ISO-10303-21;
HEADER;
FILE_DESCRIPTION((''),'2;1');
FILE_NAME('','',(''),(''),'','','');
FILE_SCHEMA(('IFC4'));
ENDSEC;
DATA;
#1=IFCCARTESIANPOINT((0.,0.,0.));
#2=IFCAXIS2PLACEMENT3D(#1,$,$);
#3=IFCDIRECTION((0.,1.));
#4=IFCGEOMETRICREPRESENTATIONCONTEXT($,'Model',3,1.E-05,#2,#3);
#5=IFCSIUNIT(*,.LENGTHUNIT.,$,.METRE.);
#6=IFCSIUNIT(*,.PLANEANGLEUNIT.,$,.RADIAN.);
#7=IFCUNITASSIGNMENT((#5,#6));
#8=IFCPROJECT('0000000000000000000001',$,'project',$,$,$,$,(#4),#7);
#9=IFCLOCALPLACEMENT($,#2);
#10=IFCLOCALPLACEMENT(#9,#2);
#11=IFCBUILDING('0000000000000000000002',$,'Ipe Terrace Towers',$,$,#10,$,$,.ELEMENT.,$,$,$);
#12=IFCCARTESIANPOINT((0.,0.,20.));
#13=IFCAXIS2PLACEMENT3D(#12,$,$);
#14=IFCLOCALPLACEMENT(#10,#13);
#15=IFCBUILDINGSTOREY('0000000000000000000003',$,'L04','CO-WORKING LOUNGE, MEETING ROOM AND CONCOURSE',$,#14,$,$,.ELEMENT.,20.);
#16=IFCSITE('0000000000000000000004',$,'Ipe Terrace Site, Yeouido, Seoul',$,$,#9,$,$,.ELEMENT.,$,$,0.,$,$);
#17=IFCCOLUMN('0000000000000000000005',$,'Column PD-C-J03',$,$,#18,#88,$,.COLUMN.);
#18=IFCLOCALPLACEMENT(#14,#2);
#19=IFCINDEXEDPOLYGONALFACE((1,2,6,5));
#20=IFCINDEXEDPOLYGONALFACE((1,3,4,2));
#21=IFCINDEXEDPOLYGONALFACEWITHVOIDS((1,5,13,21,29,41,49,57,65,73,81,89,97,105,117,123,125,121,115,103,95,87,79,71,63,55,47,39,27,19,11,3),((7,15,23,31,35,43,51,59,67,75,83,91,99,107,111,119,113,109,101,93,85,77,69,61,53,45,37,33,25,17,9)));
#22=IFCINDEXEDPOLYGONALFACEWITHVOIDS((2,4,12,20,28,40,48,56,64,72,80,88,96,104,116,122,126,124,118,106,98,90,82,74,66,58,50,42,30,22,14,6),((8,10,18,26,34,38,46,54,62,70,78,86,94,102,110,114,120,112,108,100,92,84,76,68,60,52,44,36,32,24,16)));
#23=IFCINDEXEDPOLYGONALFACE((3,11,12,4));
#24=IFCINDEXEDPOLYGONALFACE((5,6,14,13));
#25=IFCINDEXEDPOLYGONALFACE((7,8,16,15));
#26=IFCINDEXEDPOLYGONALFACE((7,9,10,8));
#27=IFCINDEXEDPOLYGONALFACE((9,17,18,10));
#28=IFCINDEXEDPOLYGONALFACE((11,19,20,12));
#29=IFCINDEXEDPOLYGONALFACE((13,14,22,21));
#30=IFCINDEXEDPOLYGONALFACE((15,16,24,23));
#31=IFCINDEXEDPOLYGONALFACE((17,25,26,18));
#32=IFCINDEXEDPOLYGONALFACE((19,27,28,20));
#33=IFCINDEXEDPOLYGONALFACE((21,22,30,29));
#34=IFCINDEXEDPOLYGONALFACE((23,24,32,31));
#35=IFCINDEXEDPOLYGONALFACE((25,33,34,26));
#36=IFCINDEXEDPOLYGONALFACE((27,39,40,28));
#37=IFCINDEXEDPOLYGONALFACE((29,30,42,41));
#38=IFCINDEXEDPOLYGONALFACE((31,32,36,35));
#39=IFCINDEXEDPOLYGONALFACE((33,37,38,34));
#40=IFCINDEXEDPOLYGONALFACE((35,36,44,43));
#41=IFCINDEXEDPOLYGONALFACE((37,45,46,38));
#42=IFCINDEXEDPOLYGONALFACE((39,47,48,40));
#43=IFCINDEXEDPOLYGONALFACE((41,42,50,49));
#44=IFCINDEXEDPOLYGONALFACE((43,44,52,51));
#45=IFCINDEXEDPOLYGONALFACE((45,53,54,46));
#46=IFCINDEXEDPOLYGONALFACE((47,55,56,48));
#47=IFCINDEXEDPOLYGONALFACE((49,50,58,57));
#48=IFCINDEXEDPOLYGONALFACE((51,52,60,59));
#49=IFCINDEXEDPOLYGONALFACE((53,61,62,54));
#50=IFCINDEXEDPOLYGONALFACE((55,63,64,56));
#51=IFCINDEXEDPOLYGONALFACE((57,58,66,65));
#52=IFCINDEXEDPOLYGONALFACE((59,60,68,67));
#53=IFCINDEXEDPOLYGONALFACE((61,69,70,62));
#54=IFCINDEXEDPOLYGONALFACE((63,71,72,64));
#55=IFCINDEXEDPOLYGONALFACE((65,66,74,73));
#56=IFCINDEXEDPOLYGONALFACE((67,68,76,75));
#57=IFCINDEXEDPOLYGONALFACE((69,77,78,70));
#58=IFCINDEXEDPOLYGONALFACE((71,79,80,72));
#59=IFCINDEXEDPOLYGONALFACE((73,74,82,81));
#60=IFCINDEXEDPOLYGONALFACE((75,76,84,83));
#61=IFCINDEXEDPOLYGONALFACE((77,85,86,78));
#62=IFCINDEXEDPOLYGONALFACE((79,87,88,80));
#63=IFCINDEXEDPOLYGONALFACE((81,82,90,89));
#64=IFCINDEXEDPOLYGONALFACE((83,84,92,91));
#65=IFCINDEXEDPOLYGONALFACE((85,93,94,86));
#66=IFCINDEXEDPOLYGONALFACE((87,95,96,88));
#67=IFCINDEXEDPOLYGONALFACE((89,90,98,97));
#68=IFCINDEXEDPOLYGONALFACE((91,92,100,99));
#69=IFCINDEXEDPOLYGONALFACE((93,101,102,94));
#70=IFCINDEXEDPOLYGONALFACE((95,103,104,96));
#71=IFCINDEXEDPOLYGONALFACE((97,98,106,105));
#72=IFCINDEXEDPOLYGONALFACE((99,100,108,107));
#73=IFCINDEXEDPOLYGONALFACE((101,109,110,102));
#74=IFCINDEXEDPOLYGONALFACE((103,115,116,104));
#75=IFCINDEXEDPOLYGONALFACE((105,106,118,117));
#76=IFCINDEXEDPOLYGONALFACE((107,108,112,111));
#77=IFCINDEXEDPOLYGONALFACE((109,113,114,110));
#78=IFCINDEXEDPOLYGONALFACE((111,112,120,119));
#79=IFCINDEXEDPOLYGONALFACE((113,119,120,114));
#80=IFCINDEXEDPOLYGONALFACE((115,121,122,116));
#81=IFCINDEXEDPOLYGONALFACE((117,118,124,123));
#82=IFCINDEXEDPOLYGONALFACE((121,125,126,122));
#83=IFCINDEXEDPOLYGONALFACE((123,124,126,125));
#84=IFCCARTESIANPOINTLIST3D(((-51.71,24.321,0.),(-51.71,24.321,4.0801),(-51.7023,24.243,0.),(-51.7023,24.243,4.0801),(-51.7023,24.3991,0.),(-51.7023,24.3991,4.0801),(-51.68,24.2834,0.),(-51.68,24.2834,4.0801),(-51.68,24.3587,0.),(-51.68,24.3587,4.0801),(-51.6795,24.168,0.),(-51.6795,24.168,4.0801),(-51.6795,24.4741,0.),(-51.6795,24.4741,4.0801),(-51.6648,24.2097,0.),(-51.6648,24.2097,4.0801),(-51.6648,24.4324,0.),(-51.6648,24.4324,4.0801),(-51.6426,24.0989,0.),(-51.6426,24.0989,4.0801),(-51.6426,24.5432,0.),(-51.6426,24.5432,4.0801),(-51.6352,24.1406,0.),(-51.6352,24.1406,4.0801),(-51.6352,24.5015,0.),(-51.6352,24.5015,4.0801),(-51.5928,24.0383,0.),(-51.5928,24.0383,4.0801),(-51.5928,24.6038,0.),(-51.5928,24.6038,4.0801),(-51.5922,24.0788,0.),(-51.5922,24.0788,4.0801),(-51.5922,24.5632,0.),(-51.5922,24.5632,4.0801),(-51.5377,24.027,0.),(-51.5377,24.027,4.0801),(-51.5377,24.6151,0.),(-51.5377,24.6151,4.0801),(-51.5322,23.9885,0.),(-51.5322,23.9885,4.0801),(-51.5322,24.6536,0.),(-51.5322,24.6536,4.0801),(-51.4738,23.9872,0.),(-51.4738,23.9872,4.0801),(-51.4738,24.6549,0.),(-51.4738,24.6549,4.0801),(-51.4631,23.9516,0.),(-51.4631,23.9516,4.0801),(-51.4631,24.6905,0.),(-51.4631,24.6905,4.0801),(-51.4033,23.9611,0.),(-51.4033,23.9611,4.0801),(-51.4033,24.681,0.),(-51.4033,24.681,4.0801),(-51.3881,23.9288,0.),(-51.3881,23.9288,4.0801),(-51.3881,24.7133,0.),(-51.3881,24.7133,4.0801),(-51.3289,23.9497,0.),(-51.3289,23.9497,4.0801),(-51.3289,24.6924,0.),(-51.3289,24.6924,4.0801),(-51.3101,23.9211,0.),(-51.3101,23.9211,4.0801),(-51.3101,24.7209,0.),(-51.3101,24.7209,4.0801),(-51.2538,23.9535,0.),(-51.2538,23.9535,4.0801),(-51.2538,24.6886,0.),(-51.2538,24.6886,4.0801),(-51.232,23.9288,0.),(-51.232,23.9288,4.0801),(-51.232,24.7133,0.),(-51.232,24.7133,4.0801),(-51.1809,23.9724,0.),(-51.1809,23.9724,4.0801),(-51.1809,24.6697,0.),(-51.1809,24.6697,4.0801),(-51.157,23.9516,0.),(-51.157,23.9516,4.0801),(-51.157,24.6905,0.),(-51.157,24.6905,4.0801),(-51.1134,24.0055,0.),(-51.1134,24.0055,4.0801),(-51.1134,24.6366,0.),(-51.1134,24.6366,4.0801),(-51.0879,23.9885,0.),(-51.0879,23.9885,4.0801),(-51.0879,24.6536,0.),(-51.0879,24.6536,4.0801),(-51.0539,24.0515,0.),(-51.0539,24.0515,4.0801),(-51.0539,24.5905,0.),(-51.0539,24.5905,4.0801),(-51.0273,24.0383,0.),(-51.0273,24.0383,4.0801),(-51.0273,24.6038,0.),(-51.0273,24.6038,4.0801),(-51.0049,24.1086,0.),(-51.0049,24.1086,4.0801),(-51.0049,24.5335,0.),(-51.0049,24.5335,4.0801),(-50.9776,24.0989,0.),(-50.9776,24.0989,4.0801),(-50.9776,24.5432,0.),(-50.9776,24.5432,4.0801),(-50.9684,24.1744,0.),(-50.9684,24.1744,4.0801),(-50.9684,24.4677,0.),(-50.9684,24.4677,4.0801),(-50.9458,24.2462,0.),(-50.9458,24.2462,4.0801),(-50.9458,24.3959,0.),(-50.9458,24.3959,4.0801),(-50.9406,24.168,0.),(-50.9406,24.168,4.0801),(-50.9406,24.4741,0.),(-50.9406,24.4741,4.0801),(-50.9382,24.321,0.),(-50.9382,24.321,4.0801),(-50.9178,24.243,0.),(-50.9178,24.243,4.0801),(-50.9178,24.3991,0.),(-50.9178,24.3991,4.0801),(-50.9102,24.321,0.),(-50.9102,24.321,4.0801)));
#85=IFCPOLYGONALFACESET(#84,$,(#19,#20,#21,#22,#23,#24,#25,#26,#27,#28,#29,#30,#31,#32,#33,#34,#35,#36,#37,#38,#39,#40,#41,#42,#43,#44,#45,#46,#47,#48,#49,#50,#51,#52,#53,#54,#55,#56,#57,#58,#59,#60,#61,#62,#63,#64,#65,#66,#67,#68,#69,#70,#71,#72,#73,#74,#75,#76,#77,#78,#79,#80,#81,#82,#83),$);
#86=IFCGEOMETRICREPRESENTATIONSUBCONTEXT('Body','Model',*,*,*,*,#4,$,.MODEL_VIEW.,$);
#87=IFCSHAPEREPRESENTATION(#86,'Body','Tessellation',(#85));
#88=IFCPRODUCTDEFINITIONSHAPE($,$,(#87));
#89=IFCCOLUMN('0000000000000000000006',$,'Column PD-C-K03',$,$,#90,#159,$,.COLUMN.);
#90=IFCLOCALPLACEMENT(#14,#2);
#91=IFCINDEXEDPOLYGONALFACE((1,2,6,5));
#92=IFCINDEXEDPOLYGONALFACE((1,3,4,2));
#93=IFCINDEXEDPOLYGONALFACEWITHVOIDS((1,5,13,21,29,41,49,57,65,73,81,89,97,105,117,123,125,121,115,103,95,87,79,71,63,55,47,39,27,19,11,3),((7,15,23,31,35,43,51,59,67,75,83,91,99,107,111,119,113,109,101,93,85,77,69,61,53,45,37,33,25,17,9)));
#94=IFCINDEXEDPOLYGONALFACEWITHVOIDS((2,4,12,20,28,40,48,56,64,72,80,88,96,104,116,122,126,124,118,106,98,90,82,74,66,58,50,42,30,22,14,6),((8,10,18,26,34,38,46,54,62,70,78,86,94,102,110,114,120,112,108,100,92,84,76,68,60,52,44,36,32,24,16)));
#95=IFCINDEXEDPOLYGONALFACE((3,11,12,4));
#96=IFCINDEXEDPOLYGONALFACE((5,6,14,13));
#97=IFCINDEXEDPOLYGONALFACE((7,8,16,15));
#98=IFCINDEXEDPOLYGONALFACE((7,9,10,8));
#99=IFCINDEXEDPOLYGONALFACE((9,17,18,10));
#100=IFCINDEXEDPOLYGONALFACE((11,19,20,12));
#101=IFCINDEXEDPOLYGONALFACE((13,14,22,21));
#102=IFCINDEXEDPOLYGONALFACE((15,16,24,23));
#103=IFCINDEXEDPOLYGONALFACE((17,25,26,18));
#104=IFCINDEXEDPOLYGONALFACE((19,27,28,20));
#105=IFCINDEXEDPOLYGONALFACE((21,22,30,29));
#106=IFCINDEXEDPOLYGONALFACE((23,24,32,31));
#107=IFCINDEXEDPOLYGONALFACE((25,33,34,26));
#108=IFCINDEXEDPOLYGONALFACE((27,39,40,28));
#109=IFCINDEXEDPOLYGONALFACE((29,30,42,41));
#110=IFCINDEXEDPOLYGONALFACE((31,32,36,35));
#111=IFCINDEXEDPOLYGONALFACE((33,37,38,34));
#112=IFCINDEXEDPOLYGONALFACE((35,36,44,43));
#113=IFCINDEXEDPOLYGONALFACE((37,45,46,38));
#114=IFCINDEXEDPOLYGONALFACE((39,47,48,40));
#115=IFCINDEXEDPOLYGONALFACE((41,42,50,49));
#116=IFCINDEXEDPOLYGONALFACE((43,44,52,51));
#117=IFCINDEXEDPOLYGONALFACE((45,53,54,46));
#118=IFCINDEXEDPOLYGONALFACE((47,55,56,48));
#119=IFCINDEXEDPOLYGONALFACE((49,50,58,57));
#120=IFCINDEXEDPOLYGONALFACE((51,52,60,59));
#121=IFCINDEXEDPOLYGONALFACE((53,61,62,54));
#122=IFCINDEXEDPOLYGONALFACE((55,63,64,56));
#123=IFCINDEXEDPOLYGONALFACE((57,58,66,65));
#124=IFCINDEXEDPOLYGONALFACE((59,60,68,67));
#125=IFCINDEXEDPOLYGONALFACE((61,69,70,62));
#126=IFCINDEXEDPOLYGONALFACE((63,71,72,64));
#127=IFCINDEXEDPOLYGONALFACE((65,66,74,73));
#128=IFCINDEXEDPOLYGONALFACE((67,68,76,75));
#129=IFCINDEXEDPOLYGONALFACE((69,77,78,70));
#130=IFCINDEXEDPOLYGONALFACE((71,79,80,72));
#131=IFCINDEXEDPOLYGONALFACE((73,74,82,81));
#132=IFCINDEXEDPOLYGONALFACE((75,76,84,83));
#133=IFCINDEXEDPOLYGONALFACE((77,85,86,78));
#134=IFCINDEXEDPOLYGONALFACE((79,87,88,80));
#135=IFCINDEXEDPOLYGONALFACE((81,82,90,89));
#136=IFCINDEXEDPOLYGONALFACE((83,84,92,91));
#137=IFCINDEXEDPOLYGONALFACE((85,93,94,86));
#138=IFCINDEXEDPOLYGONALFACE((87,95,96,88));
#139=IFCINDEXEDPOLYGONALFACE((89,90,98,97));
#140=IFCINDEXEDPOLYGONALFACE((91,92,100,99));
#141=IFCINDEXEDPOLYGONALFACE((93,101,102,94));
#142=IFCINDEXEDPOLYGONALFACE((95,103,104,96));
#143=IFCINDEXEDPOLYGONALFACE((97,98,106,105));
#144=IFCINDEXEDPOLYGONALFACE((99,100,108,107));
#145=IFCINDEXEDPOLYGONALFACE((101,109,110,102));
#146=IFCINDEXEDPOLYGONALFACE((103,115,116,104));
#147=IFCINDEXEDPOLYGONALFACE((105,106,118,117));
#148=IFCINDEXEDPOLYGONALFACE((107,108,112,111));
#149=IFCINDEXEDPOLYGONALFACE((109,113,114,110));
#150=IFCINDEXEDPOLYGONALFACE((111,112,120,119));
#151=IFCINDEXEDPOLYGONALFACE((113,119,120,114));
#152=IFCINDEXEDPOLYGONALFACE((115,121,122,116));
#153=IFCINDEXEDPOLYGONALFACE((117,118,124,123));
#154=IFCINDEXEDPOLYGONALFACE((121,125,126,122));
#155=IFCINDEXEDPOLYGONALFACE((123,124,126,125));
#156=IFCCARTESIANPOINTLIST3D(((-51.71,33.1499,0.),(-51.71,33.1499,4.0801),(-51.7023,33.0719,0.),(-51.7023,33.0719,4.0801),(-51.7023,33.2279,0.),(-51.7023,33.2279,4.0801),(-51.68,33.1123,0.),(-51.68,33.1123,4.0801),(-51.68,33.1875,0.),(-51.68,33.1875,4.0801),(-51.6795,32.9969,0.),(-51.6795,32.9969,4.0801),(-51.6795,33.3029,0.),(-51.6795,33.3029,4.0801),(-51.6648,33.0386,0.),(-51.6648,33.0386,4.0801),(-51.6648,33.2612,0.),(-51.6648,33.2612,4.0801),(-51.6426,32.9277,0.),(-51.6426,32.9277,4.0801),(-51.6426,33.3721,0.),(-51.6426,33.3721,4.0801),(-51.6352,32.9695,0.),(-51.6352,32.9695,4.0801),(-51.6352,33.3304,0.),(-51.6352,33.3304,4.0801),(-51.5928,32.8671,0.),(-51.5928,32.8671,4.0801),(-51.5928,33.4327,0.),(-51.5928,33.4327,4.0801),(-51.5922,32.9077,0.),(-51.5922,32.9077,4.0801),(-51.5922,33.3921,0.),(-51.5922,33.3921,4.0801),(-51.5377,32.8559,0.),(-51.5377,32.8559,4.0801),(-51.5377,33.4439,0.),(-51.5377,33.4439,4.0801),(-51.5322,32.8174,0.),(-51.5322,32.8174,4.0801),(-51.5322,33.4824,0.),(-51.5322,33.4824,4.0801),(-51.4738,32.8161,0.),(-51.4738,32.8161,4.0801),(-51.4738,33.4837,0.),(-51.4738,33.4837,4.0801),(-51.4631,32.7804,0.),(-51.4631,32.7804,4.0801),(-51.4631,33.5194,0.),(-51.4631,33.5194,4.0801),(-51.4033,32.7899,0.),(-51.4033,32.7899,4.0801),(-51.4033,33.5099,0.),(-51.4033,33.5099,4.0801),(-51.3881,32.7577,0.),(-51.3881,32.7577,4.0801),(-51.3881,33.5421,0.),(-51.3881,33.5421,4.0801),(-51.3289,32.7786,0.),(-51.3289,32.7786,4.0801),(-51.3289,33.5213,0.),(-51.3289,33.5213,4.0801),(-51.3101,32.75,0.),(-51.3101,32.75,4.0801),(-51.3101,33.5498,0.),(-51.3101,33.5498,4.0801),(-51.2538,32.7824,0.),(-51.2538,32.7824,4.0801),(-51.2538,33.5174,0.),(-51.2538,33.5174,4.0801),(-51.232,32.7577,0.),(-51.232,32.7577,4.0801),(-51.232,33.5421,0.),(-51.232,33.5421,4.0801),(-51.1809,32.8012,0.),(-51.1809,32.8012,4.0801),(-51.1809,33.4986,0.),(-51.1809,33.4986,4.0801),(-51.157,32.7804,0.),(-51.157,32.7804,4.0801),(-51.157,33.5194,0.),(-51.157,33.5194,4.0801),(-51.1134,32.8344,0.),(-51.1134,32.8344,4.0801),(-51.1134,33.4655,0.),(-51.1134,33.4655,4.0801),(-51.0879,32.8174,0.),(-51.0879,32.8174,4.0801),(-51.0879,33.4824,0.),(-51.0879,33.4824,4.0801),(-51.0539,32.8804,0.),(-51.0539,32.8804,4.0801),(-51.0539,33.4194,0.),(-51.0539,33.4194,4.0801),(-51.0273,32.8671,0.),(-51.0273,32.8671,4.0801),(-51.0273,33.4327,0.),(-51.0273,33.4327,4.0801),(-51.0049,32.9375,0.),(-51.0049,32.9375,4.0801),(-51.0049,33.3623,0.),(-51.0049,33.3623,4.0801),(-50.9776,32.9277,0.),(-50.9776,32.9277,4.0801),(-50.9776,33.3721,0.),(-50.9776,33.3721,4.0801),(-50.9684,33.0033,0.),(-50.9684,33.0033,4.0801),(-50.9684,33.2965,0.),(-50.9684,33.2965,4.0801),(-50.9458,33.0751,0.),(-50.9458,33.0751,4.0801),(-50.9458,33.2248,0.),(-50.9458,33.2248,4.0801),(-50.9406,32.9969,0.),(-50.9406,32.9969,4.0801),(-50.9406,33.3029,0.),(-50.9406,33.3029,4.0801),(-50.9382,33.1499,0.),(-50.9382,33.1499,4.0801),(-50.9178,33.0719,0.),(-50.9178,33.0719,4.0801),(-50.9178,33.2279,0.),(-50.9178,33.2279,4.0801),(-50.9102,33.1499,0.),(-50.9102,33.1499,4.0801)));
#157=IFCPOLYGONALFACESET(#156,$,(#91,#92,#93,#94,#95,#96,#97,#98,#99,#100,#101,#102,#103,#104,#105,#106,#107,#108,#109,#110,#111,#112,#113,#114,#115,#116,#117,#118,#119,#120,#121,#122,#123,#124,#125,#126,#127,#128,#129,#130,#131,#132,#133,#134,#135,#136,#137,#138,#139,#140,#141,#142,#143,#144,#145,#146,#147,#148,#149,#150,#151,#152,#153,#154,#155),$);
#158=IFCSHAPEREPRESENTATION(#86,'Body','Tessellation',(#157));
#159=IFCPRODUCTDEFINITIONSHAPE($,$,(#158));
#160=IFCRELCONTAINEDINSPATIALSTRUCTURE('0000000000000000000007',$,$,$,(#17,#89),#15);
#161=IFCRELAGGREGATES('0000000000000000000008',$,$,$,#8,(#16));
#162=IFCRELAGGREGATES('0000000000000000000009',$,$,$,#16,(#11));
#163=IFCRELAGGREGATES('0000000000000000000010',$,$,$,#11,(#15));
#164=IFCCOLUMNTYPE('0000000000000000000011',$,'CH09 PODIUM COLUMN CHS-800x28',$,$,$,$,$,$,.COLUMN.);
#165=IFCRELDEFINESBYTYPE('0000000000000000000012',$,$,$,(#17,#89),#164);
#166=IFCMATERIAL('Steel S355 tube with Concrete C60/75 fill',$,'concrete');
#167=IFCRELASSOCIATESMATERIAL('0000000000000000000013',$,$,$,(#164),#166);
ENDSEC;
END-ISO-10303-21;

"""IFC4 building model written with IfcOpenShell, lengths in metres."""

from ifc_helpers import new_model, si_unit, direction, frame, origin, origin_2d, place, context, subcontext, project, spatial, hollow_circle, extrude, material, material_profile, profile_set, type_object, element, save


model = new_model("IFC4")

# Units and contexts
model_context = context("Model", 3, precision=1e-05, world=origin(), true_north=direction((0.0, 1.0)))
body_context = subcontext(model_context, "Body", "Model", "MODEL_VIEW")
ifc_project = project(units=[si_unit("LENGTHUNIT", "METRE"), si_unit("PLANEANGLEUNIT", "RADIAN")], contexts=[model_context])

# Site, building, storey
site_placement = place(None, origin())
site = spatial("IfcSite", under=ifc_project, at=site_placement, Name="Ipe Terrace Site, Yeouido, Seoul", CompositionType="ELEMENT", RefElevation=0.0)
building_placement = place(site_placement, origin())
building = spatial("IfcBuilding", under=site, at=building_placement, Name="Ipe Terrace Towers", CompositionType="ELEMENT")
storey_placement = place(building_placement, frame((0.0, 0.0, 20.0)))
storey = spatial("IfcBuildingStorey", under=building, at=storey_placement, Name="L04", Description="CO-WORKING LOUNGE, MEETING ROOM AND CONCOURSE", CompositionType="ELEMENT", Elevation=20.0)

# Columns
ifc_material_1 = material(Name="Steel S355 tube with Concrete C60/75 fill", Category="concrete")
ifc_material_profile_1 = material_profile(ifc_material_1, hollow_circle(Radius=0.3999, WallThickness=0.0281, at=origin_2d()), Name="CHS-800x28")
ifc_profile_set_1 = profile_set([ifc_material_profile_1], Name="Steel S355 tube with Concrete C60/75 fill")
column_type = type_object("IfcColumnType", Name="CH09 PODIUM COLUMN CHS-800x28", PredefinedType="COLUMN", material=ifc_profile_set_1)
for number, where, z_axis, x_axis, name in (
    (1, (-51.3101, 24.321, 0.0), (0.0, 0.0, 1.0), (1.0, 0.0, 0.0), "Column PD-C-J03"),
    (2, (-51.3101, 33.1499, 0.0), (0.0, 0.0, 1.0), (1.0, 0.0, 0.0), "Column PD-C-K03"),
):
    element("IfcColumn", number, at=place(storey_placement, frame(where, z_axis=z_axis, x_axis=x_axis)), inside=storey, type_object=column_type, Name=name, PredefinedType="COLUMN", context=body_context, shape_type="SweptSolid", body=[
        extrude(hollow_circle(Radius=0.3999, WallThickness=0.0281, at=origin_2d()), origin(), (0.0, 0.0, 1.0), 4.0801),
    ])

save(model, "model.ifc")
